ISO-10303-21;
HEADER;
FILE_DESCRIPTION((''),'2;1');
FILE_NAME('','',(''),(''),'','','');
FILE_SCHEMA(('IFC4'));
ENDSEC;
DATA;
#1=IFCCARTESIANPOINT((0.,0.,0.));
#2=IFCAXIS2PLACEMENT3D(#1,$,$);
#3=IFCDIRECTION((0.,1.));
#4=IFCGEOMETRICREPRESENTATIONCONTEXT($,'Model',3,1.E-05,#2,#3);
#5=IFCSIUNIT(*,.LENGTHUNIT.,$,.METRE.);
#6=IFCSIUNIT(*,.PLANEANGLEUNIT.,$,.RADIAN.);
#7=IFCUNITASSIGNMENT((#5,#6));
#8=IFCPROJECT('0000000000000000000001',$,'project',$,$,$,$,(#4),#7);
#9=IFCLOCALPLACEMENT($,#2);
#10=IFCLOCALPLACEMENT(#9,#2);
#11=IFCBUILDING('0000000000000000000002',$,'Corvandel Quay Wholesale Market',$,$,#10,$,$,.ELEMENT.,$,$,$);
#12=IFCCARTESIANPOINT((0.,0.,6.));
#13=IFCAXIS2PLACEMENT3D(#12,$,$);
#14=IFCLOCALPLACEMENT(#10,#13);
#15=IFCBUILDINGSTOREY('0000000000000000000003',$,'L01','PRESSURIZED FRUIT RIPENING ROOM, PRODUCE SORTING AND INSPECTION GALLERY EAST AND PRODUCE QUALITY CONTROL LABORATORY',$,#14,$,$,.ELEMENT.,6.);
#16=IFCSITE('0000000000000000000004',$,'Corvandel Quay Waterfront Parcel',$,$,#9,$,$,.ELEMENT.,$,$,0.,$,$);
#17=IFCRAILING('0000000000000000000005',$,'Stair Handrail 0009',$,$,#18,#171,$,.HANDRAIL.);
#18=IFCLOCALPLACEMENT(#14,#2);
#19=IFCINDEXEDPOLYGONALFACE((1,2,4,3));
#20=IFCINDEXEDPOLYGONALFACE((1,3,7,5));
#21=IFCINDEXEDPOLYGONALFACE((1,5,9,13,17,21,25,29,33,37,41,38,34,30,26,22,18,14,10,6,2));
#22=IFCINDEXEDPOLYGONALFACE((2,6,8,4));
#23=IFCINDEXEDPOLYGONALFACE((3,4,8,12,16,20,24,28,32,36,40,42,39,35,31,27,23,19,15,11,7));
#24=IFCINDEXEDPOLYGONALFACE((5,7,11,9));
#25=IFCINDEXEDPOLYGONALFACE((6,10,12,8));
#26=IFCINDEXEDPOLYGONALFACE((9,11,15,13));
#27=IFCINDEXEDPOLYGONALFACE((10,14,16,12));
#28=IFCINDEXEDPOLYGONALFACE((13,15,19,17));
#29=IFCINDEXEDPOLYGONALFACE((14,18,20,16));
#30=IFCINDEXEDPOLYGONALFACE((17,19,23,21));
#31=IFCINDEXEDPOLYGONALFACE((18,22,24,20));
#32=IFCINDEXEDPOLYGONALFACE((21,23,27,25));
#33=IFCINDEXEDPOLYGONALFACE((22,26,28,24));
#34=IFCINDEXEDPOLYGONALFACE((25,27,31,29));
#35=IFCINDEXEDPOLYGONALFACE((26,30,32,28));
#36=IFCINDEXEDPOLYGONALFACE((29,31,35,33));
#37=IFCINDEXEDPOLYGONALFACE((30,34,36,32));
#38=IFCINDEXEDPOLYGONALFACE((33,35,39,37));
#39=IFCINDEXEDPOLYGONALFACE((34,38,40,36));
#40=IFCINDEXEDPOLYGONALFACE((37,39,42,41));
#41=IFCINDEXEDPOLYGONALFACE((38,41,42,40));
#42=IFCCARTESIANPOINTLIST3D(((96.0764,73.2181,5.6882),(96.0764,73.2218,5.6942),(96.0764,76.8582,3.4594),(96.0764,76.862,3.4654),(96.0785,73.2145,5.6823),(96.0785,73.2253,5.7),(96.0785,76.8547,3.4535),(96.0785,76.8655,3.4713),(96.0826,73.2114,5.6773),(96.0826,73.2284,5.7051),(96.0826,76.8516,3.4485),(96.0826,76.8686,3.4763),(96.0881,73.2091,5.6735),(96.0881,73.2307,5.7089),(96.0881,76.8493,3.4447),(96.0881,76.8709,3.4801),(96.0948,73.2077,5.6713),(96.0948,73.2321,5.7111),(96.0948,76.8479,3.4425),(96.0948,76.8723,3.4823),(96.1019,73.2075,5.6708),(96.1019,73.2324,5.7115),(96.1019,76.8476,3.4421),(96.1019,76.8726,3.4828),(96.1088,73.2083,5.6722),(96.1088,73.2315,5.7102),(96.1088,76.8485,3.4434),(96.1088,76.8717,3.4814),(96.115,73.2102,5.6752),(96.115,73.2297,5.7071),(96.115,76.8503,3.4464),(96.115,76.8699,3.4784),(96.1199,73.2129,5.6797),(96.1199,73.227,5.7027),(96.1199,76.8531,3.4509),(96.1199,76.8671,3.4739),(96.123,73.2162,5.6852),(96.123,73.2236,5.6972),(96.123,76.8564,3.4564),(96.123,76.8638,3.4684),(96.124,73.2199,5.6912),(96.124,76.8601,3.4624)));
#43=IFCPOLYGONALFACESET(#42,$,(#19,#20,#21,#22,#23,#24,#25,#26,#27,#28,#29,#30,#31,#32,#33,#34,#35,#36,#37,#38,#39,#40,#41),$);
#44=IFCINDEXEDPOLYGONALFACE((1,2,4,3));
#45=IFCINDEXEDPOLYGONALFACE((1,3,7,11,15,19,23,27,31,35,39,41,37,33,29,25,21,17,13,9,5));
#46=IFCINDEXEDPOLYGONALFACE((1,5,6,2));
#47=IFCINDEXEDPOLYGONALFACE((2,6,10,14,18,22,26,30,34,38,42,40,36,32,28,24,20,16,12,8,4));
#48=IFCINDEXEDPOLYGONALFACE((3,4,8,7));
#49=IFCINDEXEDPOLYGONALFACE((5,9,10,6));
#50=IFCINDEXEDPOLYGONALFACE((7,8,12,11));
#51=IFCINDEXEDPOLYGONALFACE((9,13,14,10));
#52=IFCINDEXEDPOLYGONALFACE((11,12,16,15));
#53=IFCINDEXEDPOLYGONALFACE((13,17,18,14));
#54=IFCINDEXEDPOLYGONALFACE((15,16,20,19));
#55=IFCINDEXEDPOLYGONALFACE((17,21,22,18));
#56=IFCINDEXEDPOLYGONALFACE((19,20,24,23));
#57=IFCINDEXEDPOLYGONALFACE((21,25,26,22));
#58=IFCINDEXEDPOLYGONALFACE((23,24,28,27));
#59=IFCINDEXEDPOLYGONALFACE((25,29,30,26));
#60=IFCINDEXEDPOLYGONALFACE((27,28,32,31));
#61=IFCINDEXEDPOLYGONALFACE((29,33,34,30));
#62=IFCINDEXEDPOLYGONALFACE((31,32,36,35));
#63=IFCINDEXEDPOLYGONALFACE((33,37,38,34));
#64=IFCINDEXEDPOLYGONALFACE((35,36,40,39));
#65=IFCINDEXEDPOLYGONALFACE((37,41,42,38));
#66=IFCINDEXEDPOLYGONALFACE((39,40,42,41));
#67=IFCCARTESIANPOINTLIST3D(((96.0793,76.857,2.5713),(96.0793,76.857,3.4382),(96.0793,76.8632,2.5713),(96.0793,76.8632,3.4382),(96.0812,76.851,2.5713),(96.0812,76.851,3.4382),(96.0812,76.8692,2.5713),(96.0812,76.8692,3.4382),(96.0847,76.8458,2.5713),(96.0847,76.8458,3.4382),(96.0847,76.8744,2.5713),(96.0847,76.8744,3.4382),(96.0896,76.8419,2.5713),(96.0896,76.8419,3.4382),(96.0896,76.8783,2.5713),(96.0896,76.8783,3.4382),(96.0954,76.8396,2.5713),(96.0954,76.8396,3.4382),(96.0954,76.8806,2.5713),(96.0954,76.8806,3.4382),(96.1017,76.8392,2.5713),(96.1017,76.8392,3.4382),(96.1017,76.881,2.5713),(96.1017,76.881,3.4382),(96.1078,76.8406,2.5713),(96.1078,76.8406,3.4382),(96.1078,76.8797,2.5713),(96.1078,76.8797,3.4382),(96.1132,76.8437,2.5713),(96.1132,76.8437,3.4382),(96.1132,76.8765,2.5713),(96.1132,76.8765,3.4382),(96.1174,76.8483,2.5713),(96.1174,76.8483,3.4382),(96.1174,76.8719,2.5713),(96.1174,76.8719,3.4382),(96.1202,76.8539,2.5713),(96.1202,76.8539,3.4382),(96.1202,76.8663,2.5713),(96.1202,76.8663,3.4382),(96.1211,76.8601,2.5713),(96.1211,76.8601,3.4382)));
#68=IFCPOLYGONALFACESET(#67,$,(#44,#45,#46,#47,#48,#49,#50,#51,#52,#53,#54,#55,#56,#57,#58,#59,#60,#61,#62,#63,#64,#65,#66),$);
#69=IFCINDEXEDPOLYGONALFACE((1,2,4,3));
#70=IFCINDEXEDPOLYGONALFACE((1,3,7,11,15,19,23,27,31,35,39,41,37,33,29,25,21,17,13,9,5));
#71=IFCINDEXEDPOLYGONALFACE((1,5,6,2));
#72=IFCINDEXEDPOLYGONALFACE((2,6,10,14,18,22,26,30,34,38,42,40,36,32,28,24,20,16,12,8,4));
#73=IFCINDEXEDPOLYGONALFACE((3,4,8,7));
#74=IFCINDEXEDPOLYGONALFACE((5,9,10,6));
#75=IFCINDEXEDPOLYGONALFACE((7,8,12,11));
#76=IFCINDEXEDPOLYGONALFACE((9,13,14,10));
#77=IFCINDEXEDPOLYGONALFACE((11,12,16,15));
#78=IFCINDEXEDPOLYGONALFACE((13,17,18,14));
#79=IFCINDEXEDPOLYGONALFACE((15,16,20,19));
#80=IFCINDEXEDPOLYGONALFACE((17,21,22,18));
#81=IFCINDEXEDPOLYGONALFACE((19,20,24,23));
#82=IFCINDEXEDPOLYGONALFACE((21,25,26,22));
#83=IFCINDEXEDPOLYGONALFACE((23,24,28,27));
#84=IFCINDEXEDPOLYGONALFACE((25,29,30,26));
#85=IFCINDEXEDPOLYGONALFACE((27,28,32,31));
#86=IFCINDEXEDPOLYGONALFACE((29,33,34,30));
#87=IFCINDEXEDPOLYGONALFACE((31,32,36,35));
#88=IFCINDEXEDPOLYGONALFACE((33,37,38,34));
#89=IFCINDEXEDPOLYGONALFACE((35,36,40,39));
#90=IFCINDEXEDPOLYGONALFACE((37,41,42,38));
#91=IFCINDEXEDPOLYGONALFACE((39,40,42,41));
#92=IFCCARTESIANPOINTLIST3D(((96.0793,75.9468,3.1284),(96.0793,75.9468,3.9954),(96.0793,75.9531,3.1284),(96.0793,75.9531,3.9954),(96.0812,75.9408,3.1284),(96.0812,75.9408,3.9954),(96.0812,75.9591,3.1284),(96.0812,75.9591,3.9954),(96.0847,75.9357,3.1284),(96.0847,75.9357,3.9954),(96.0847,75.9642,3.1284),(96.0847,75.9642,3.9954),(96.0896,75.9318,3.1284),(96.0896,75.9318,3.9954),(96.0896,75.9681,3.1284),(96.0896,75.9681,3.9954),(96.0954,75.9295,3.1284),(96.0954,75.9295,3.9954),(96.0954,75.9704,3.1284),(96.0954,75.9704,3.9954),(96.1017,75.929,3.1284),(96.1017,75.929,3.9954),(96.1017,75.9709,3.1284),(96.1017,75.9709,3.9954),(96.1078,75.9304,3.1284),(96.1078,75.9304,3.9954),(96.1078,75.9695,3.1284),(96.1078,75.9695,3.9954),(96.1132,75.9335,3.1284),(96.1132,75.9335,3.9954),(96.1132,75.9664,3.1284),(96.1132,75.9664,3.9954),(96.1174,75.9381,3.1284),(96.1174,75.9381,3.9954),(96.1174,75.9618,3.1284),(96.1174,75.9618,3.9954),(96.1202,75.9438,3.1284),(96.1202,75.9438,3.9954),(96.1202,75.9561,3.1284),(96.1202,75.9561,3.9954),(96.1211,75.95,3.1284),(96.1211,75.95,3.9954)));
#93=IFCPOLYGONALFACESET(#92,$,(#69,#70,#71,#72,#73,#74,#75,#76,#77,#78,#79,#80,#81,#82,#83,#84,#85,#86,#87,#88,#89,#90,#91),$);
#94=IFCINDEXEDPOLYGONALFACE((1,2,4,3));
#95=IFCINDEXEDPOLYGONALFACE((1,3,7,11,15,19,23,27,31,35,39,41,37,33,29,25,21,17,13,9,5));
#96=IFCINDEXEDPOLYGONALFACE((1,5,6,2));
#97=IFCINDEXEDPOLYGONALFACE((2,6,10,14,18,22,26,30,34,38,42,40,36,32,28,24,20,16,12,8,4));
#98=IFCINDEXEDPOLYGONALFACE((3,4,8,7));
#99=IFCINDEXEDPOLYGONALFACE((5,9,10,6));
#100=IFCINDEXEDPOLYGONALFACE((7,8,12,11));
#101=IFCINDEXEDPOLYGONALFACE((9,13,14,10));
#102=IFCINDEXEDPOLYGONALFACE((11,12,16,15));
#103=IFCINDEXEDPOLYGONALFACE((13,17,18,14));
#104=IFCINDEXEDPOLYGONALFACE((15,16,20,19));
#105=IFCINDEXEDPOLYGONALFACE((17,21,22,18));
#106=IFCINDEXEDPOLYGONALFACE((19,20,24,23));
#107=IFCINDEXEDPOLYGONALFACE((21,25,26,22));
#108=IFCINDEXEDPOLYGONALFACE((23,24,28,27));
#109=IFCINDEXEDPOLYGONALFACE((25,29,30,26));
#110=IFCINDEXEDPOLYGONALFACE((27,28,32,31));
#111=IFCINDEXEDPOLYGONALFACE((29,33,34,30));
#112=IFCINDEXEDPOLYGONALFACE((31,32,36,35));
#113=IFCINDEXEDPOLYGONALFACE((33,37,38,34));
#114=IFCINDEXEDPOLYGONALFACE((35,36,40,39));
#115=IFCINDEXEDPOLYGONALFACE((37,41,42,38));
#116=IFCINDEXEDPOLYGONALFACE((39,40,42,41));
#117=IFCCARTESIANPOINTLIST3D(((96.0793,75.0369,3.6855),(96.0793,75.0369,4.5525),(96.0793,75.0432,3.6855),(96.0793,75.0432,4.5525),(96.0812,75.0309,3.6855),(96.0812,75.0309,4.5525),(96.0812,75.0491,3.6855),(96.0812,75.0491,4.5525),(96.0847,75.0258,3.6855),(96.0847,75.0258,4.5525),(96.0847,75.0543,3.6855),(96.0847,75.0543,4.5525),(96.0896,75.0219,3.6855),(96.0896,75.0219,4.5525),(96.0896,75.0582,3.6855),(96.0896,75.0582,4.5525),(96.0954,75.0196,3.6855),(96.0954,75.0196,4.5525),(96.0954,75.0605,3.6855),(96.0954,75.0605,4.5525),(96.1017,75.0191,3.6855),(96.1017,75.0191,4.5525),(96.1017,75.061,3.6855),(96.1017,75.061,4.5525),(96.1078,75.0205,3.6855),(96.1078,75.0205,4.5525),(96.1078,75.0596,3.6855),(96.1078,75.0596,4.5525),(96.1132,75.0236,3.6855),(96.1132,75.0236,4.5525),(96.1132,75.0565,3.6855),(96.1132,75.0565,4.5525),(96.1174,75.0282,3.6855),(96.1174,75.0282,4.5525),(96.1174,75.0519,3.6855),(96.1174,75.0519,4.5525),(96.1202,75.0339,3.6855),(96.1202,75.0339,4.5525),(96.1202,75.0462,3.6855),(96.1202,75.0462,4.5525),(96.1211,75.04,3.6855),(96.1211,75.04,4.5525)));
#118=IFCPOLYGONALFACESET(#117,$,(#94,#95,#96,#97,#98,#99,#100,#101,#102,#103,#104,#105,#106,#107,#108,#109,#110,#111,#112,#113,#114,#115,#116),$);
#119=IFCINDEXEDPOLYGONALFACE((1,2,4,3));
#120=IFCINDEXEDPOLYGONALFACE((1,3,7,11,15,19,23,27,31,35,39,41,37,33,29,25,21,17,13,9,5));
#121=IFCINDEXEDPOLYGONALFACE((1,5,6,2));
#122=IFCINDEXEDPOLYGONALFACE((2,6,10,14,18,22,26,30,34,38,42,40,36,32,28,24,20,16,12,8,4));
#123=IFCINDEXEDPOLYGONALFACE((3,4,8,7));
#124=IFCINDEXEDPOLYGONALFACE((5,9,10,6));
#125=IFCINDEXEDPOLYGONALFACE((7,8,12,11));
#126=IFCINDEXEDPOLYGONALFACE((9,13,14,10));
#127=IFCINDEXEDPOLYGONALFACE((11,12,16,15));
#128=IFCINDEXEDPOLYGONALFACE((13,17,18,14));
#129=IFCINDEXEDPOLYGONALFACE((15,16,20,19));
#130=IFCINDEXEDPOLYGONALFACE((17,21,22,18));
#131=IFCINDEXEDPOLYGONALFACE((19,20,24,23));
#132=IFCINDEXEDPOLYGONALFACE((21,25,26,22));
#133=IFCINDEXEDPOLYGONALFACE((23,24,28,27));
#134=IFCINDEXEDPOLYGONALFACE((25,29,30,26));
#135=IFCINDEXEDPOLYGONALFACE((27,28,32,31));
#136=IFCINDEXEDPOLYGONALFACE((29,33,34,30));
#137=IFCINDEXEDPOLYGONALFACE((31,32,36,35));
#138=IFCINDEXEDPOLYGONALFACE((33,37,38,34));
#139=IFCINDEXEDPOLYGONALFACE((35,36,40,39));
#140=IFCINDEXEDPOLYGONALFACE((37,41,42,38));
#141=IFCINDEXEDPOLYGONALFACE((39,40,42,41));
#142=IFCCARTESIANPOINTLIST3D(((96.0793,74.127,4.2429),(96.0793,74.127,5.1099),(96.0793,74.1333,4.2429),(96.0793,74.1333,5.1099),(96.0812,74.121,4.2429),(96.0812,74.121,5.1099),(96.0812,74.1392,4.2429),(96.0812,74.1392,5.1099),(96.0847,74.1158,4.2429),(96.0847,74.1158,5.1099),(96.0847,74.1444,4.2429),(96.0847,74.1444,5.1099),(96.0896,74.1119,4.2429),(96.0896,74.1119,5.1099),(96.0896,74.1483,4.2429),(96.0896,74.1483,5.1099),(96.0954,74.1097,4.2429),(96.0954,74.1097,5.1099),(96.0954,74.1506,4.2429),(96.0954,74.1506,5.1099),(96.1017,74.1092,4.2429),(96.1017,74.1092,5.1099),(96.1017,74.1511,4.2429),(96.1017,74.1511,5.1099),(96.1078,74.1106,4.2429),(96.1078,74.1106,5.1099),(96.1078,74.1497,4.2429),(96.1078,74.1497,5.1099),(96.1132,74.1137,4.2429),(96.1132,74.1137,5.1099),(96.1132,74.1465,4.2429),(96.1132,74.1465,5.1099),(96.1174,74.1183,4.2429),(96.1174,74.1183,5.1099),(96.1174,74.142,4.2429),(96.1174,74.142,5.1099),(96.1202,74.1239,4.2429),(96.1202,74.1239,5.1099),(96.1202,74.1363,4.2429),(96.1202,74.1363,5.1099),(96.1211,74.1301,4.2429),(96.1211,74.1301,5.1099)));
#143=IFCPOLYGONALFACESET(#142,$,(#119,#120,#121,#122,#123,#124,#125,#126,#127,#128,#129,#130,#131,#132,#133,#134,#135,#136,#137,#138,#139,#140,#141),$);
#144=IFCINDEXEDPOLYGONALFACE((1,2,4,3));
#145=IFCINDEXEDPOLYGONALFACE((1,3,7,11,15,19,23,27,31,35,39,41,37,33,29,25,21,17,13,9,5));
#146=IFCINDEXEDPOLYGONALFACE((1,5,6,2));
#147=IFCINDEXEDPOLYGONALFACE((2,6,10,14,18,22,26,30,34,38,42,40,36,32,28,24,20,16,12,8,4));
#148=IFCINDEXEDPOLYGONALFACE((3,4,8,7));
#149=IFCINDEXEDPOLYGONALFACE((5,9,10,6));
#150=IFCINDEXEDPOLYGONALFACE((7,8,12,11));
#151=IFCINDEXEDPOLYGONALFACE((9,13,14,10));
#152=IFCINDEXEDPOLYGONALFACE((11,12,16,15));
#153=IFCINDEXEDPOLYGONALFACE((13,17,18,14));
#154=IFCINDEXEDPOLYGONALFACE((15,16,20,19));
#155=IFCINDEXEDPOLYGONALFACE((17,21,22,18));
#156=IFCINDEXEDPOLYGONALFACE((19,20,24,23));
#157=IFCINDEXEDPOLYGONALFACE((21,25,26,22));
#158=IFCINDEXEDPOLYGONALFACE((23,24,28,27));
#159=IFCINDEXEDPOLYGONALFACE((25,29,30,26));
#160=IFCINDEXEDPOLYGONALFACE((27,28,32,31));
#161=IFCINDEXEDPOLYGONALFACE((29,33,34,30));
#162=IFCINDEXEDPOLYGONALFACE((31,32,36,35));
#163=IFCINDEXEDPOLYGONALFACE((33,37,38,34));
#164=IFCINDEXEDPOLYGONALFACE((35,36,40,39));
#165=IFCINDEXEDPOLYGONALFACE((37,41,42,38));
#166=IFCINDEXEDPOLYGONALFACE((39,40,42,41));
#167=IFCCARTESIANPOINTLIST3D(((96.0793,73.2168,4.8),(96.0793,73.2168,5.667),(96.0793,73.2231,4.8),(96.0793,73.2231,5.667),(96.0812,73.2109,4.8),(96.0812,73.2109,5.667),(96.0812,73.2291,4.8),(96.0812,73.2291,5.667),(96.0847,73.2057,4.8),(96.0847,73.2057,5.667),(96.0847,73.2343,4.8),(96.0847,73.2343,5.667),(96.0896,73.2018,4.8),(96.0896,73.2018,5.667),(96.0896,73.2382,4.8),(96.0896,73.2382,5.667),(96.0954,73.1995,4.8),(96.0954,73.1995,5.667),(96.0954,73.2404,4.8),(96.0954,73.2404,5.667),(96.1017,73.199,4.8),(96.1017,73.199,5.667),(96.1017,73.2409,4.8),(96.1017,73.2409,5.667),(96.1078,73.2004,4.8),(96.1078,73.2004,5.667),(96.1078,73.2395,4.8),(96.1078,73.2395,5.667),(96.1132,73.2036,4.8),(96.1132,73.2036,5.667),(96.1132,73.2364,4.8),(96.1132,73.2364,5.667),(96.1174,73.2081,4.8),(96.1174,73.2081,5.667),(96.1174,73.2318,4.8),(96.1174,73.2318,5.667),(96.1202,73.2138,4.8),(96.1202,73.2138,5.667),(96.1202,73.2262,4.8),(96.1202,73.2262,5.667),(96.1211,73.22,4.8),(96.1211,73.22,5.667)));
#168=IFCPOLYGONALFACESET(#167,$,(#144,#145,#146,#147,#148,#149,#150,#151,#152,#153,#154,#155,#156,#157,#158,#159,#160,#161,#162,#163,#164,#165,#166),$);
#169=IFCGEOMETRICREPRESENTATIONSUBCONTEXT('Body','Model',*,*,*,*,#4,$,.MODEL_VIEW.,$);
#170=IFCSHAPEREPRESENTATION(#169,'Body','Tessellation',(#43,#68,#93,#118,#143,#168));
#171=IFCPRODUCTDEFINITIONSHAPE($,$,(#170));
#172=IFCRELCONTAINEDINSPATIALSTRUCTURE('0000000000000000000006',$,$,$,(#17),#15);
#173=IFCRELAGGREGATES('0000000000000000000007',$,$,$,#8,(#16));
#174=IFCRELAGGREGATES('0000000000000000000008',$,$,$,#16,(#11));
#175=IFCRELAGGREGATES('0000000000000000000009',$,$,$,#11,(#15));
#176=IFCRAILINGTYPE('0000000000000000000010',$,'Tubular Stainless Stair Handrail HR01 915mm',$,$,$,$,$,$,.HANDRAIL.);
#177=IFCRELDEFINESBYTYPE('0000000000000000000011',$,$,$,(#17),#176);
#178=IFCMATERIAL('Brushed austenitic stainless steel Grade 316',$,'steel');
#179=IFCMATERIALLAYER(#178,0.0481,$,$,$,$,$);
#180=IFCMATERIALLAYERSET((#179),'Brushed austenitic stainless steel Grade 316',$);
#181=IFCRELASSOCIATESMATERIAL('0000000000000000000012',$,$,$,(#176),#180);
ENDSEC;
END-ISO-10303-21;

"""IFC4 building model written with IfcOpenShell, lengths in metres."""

from ifc_helpers import new_model, si_unit, direction, frame, origin, origin_2d, place, context, subcontext, project, spatial, circle, extrude, material, layer, layer_set, type_object, element, save


model = new_model("IFC4")

# Units and contexts
model_context = context("Model", 3, precision=1e-05, world=origin(), true_north=direction((0.0, 1.0)))
body_context = subcontext(model_context, "Body", "Model", "MODEL_VIEW")
ifc_project = project(units=[si_unit("LENGTHUNIT", "METRE"), si_unit("PLANEANGLEUNIT", "RADIAN")], contexts=[model_context])

# Site, building, storey
site_placement = place(None, origin())
site = spatial("IfcSite", under=ifc_project, at=site_placement, Name="Corvandel Quay Waterfront Parcel", CompositionType="ELEMENT", RefElevation=0.0)
building_placement = place(site_placement, origin())
building = spatial("IfcBuilding", under=site, at=building_placement, Name="Corvandel Quay Wholesale Market", CompositionType="ELEMENT")
storey_placement = place(building_placement, frame((0.0, 0.0, 6.0)))
storey = spatial("IfcBuildingStorey", under=building, at=storey_placement, Name="L01", Description="PRESSURIZED FRUIT RIPENING ROOM, PRODUCE SORTING AND INSPECTION GALLERY EAST AND PRODUCE QUALITY CONTROL LABORATORY", CompositionType="ELEMENT", Elevation=6.0)

# Railing
ifc_material_1 = material(Name="Brushed austenitic stainless steel Grade 316", Category="steel")
ifc_layer_1 = layer(ifc_material_1, 0.0481)
ifc_layer_set_1 = layer_set([ifc_layer_1], Name="Brushed austenitic stainless steel Grade 316")
railing_type_1 = type_object("IfcRailingType", Name="Tubular Stainless Stair Handrail HR01 915mm", PredefinedType="HANDRAIL", material=ifc_layer_set_1)
for number, where, name in (
    (1, (96.1001, 76.8601, 2.5713), "Stair Handrail 0009"),
):
    element("IfcRailing", number, at=place(storey_placement, frame(where)), inside=storey, type_object=railing_type_1, Name=name, PredefinedType="HANDRAIL", context=body_context, shape_type="SweptSolid", body=[
        extrude(circle(Radius=0.0239, at=origin_2d()), frame((0.0, 0.0, 0.8911), z_axis=(0.0, -0.85284, 0.522172), x_axis=(1.0, 0.0, 0.0)), (0.0, 0.0, 1.0), 4.2683),
        extrude(circle(Radius=0.021, at=origin_2d()), origin(), (0.0, 0.0, 1.0), 0.8669),
        extrude(circle(Radius=0.021, at=origin_2d()), frame((0.0, -0.9102, 0.5571)), (0.0, 0.0, 1.0), 0.8669),
        extrude(circle(Radius=0.021, at=origin_2d()), frame((0.0, -1.8201, 1.1143)), (0.0, 0.0, 1.0), 0.8669),
        extrude(circle(Radius=0.021, at=origin_2d()), frame((0.0, -2.73, 1.6716)), (0.0, 0.0, 1.0), 0.8669),
        extrude(circle(Radius=0.021, at=origin_2d()), frame((0.0, -3.6401, 2.2288)), (0.0, 0.0, 1.0), 0.8669),
    ])

save(model, "model.ifc")
